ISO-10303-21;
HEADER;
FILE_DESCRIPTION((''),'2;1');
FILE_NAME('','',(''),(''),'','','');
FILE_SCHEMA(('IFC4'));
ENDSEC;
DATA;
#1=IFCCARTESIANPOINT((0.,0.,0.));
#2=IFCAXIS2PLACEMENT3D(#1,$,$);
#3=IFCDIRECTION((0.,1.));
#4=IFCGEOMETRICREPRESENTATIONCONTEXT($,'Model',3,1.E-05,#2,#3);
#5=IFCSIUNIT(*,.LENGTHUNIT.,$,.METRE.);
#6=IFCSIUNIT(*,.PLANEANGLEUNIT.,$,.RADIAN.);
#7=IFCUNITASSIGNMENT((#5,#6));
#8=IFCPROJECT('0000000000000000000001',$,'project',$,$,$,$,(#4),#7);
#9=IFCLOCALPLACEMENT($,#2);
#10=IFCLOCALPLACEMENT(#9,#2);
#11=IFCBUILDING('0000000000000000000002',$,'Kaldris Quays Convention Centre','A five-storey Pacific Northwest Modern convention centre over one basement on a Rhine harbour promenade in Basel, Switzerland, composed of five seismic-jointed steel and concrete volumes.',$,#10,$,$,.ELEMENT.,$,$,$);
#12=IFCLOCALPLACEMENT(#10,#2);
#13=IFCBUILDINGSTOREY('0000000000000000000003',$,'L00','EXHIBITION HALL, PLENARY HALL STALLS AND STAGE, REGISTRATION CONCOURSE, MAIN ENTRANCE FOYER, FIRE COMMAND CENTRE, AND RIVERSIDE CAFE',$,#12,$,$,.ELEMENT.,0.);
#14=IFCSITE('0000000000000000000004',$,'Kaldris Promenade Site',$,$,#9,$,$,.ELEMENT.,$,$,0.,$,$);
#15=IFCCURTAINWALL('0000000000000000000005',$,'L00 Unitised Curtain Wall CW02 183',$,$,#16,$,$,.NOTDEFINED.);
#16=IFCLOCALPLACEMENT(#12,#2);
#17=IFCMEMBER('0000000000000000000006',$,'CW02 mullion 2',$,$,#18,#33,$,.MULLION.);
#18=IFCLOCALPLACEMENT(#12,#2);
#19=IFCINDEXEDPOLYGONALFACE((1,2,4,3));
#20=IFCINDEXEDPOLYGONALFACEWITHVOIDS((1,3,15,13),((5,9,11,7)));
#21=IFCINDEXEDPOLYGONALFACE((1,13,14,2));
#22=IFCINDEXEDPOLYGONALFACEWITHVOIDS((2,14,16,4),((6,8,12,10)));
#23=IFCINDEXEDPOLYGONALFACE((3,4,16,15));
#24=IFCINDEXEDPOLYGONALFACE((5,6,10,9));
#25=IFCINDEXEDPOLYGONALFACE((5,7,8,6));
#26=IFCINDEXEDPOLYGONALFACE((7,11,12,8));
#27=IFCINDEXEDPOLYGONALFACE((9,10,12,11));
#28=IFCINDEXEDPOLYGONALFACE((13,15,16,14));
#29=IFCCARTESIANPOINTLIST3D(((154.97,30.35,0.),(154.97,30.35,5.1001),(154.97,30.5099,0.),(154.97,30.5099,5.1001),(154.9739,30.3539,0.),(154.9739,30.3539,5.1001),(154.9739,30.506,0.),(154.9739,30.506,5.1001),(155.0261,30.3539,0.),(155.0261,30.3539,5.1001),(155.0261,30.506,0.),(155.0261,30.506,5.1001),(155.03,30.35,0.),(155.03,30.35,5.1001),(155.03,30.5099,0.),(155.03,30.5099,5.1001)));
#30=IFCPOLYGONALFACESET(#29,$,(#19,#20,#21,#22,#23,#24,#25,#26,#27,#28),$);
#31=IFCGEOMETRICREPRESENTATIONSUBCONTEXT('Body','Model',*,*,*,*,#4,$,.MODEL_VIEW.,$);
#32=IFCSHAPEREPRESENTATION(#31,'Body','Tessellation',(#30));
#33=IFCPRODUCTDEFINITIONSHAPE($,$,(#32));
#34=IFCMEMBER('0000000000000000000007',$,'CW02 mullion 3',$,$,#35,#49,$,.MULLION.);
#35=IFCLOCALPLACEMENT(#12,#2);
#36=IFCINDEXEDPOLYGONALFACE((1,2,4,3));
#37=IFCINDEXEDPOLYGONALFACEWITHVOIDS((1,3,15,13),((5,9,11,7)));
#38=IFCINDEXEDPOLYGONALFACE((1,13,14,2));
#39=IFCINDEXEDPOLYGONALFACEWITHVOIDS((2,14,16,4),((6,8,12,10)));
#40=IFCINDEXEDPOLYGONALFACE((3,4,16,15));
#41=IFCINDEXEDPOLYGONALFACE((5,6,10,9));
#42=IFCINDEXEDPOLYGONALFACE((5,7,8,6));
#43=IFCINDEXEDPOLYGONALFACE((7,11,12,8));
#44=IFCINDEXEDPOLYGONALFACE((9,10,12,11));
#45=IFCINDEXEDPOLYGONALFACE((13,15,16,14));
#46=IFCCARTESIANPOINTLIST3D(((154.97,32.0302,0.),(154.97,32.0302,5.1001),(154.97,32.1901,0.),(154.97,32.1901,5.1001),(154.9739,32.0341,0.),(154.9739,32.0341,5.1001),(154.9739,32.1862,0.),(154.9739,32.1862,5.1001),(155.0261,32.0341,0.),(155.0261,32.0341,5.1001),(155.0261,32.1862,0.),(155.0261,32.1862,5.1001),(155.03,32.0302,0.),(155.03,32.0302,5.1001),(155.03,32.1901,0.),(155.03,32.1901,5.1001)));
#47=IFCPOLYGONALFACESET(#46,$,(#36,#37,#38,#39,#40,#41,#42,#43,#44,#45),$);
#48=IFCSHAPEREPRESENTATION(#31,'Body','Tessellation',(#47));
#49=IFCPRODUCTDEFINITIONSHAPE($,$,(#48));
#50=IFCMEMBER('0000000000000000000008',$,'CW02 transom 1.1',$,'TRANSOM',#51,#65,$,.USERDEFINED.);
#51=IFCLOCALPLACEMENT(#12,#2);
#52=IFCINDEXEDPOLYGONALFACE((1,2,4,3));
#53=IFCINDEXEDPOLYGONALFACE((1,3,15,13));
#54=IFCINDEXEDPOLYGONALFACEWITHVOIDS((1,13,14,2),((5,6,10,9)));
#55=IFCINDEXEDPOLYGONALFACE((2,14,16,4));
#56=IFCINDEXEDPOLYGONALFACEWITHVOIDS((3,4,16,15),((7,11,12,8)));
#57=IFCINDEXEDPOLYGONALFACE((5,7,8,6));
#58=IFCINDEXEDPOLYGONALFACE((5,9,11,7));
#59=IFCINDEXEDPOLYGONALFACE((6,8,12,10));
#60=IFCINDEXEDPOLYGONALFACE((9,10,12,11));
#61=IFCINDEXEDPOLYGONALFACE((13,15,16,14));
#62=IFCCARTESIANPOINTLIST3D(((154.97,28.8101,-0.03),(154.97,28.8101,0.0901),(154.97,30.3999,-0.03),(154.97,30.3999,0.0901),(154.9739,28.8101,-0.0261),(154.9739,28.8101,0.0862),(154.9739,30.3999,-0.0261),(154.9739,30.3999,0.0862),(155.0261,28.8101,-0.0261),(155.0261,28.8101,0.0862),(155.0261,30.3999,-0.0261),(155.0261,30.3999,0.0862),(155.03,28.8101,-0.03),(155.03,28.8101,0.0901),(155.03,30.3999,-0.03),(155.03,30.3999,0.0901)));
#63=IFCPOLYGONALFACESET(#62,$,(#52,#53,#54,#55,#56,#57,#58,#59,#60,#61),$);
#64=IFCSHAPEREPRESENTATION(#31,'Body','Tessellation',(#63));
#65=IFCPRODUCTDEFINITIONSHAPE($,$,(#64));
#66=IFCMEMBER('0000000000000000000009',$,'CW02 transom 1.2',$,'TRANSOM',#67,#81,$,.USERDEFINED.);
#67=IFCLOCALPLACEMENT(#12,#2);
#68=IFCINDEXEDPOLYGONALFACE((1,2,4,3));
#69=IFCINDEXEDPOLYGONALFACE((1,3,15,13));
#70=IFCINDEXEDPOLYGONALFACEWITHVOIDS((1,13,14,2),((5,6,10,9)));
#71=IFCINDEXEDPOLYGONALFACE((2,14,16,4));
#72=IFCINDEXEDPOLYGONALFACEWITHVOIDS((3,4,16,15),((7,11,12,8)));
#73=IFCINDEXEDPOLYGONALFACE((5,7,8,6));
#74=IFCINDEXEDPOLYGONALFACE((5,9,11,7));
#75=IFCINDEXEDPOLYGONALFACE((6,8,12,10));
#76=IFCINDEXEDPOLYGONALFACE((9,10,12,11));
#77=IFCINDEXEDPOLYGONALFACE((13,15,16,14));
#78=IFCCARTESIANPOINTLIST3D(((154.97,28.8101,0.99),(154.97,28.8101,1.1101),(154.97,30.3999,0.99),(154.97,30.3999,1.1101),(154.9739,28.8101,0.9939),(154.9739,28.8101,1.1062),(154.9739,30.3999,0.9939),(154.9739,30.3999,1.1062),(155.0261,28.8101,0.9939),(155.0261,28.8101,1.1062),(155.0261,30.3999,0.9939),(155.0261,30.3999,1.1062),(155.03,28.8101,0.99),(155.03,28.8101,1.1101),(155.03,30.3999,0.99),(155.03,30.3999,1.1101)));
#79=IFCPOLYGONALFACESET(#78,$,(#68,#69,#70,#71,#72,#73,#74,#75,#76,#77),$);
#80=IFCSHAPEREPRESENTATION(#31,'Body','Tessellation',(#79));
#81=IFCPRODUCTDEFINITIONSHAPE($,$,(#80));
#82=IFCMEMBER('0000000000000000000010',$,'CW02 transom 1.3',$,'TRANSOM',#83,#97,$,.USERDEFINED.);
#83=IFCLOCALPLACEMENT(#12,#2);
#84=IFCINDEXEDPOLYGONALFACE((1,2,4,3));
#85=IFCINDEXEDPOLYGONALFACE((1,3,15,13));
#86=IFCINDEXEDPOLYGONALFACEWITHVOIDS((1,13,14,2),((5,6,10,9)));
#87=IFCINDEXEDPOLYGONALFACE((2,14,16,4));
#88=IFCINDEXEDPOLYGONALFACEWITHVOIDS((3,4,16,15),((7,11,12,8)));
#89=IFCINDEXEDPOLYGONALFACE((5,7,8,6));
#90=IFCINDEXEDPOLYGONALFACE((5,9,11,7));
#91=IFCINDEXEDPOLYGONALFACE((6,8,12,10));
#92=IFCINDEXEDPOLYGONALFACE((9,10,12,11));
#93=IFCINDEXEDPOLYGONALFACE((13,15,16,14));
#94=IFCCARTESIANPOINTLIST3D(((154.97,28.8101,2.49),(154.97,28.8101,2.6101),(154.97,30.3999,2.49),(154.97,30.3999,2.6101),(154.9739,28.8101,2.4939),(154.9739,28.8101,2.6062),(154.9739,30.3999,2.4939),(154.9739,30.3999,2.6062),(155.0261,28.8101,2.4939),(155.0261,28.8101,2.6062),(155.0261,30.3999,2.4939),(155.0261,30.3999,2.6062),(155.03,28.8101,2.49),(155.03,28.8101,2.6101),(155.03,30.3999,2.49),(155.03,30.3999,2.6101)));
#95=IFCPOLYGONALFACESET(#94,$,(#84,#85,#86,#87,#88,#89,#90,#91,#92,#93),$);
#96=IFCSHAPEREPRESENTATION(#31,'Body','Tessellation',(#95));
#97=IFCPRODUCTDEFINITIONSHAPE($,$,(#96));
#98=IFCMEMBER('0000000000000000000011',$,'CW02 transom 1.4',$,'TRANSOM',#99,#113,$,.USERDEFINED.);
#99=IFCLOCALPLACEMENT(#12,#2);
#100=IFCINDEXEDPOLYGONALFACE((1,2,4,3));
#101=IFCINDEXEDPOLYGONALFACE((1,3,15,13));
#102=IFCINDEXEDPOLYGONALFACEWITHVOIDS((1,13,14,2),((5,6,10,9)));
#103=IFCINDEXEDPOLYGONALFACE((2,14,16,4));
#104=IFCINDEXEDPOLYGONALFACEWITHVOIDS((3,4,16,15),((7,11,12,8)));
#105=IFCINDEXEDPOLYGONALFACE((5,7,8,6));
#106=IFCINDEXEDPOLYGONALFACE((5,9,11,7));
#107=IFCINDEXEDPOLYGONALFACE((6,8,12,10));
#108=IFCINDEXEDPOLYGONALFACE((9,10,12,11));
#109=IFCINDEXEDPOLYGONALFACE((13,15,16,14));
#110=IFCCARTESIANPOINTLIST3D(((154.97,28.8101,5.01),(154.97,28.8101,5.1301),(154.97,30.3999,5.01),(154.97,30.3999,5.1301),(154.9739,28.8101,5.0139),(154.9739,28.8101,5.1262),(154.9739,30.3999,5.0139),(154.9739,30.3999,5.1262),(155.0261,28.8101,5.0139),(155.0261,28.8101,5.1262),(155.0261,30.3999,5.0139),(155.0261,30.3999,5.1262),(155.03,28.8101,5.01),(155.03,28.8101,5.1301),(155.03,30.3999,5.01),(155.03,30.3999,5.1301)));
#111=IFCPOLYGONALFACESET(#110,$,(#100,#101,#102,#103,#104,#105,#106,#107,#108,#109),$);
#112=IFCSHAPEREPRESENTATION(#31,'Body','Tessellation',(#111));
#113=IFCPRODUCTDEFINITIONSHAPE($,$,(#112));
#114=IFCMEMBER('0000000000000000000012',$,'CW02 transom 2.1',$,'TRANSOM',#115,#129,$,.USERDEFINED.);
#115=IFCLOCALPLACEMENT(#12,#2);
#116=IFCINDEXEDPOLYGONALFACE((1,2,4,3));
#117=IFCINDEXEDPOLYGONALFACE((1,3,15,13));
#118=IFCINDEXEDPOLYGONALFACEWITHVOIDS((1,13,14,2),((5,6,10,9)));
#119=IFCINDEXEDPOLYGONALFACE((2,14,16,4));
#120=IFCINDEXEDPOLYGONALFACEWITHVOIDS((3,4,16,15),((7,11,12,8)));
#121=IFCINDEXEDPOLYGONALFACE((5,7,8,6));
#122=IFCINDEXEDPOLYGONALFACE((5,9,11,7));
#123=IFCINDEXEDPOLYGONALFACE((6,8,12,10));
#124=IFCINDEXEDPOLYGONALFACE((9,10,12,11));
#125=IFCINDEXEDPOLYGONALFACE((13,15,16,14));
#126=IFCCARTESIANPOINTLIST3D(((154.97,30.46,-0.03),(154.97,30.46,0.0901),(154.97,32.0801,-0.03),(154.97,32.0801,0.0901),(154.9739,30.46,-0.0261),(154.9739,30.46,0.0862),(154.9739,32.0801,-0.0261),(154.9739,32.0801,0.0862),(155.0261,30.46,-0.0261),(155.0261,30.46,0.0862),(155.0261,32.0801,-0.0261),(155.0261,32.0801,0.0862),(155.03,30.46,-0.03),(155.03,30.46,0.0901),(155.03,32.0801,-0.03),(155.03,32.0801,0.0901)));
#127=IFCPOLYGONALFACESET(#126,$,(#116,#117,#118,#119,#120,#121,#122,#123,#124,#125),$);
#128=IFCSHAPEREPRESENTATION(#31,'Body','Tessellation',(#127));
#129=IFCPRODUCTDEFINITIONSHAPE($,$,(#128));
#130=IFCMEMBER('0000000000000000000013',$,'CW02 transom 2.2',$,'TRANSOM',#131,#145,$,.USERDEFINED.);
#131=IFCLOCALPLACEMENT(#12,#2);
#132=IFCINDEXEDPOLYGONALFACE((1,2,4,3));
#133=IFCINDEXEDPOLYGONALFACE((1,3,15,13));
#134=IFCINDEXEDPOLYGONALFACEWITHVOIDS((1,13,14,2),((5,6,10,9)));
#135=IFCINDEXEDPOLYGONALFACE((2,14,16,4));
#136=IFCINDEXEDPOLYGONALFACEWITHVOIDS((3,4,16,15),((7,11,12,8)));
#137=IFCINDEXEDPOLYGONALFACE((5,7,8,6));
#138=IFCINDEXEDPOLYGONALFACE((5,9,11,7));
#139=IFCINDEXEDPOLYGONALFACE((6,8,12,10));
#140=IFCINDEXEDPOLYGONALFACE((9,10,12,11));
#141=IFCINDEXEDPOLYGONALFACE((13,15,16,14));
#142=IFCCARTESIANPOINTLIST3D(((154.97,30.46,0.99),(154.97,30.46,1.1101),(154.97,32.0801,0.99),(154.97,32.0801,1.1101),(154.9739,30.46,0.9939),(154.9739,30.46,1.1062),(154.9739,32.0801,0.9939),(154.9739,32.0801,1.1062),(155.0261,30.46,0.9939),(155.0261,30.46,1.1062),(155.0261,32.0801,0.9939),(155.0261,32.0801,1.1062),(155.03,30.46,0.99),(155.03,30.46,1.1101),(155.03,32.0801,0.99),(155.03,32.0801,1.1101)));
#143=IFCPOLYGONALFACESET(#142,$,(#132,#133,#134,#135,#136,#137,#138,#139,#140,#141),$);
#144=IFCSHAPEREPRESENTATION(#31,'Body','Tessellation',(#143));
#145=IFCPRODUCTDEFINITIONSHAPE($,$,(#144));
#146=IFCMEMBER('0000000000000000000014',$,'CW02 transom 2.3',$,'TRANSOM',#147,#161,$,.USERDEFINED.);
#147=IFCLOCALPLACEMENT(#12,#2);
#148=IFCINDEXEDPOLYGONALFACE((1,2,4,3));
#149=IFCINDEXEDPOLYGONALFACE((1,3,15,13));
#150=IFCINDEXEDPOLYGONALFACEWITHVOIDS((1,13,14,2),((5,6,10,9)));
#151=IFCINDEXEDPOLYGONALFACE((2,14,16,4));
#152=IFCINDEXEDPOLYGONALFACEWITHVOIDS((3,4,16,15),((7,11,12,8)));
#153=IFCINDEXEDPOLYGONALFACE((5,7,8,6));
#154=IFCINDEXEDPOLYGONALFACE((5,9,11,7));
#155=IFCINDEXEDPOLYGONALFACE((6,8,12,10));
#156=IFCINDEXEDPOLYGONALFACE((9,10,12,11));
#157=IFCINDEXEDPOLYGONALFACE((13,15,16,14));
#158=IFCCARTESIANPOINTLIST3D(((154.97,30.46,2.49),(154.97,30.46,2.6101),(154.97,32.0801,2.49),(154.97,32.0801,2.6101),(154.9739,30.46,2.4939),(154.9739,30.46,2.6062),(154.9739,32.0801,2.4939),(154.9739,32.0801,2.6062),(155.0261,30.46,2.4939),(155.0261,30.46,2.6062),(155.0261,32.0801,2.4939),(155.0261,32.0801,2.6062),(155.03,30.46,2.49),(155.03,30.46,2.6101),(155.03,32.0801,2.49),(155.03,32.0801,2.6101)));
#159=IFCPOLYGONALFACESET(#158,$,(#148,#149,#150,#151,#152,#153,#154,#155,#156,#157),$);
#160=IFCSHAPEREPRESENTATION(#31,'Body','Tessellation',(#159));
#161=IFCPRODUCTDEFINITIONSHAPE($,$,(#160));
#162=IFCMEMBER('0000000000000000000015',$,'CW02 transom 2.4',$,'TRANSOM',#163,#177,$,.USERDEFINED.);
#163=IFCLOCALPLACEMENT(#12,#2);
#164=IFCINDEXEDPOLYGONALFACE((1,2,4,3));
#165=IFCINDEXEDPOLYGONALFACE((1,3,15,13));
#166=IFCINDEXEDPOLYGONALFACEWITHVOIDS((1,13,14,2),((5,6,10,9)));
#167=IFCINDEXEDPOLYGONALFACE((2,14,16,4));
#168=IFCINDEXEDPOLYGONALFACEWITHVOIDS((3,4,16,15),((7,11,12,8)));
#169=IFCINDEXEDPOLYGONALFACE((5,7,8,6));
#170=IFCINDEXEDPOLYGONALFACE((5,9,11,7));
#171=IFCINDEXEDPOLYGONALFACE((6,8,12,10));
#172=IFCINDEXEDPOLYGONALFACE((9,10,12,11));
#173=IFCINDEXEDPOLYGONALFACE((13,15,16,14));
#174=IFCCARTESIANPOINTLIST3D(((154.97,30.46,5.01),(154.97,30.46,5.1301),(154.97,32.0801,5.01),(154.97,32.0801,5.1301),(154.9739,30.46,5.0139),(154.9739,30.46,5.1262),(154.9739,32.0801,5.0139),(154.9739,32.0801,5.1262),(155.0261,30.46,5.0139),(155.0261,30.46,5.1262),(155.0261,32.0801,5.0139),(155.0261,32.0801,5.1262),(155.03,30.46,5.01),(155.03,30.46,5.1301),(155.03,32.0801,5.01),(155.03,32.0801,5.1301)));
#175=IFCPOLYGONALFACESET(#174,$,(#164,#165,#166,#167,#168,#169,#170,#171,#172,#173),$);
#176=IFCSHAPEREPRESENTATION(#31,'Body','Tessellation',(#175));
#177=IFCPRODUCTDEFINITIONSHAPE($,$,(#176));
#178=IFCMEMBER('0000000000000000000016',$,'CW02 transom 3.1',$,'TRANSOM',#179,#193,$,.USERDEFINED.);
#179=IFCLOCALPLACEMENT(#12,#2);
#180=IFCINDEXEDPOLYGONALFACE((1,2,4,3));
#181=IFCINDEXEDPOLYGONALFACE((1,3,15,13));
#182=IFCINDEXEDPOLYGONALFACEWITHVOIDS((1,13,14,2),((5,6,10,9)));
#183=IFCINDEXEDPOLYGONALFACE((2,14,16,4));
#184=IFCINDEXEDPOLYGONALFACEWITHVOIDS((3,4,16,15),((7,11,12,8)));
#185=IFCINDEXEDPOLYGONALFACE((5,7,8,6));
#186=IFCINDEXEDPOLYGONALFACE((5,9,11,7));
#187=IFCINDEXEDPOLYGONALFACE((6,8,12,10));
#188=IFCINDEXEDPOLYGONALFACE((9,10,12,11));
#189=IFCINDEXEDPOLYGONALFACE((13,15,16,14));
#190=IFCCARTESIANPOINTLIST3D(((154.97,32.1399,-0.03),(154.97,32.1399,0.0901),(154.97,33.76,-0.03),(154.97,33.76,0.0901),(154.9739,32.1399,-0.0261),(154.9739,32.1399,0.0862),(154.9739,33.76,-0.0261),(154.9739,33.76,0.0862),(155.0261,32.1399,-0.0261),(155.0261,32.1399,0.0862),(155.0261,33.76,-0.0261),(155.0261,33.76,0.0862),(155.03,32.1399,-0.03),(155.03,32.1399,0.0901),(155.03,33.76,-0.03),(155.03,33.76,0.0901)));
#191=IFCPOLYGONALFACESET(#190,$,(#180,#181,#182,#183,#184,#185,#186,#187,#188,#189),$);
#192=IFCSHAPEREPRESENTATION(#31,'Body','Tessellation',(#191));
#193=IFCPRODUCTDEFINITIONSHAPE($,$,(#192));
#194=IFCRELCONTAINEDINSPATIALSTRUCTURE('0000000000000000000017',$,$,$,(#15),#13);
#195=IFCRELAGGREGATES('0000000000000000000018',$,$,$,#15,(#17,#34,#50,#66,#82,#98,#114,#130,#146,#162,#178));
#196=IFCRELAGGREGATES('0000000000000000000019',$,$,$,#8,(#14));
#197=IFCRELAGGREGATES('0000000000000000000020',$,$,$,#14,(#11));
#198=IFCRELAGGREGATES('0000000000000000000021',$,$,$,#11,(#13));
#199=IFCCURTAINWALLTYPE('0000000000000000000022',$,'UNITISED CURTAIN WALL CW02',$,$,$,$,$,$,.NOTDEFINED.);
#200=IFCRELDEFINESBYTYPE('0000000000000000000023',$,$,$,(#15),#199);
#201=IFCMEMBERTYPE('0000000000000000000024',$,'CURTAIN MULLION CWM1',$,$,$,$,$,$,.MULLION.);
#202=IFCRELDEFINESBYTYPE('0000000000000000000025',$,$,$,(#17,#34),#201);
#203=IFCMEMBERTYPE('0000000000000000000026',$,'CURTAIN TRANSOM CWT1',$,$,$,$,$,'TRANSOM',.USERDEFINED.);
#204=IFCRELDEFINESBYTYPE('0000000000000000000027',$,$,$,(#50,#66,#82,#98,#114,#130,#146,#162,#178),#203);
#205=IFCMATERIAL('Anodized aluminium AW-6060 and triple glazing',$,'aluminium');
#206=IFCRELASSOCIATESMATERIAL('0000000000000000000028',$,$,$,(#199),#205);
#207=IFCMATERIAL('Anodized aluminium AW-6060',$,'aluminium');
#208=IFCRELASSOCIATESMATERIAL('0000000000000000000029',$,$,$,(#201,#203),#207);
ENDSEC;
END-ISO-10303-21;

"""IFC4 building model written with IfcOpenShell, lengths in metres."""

from ifc_helpers import new_model, si_unit, direction, frame, origin, origin_2d, place, context, subcontext, project, spatial, hollow_rectangle, extrude, material, material_profile, profile_set, type_object, element, aggregate, save


model = new_model("IFC4")

# Units and contexts
model_context = context("Model", 3, precision=1e-05, world=origin(), true_north=direction((0.0, 1.0)))
body_context = subcontext(model_context, "Body", "Model", "MODEL_VIEW")
ifc_project = project(units=[si_unit("LENGTHUNIT", "METRE"), si_unit("PLANEANGLEUNIT", "RADIAN")], contexts=[model_context])

# Site, building, storey
site_placement = place(None, origin())
site = spatial("IfcSite", under=ifc_project, at=site_placement, Name="Kaldris Promenade Site", CompositionType="ELEMENT", RefElevation=0.0)
building_placement = place(site_placement, origin())
building = spatial("IfcBuilding", under=site, at=building_placement, Name="Kaldris Quays Convention Centre", Description="A five-storey Pacific Northwest Modern convention centre over one basement on a Rhine harbour promenade in Basel, Switzerland, composed of five seismic-jointed steel and concrete volumes.", CompositionType="ELEMENT")
storey_placement = place(building_placement, origin())
storey = spatial("IfcBuildingStorey", under=building, at=storey_placement, Name="L00", Description="EXHIBITION HALL, PLENARY HALL STALLS AND STAGE, REGISTRATION CONCOURSE, MAIN ENTRANCE FOYER, FIRE COMMAND CENTRE, AND RIVERSIDE CAFE", CompositionType="ELEMENT", Elevation=0.0)

# Curtain wall, members
ifc_material_1 = material(Name="Anodized aluminium AW-6060 and triple glazing", Category="aluminium")
curtain_wall_type = type_object("IfcCurtainWallType", Name="UNITISED CURTAIN WALL CW02", PredefinedType="NOTDEFINED", material=ifc_material_1)
curtain_wall_placement = place(storey_placement, origin())
curtain_wall = element("IfcCurtainWall", 1, at=curtain_wall_placement, inside=storey, type_object=curtain_wall_type, Name="L00 Unitised Curtain Wall CW02 183", PredefinedType="NOTDEFINED")
ifc_material_2 = material(Name="Anodized aluminium AW-6060", Category="aluminium")
ifc_material_profile_1 = material_profile(ifc_material_2, hollow_rectangle(XDim=0.0601, YDim=0.1599, WallThickness=0.0039, at=origin_2d()), Name="RHS 160x60x4")
ifc_profile_set_1 = profile_set([ifc_material_profile_1], Name="Anodized aluminium AW-6060")
member_type_1 = type_object("IfcMemberType", Name="CURTAIN MULLION CWM1", PredefinedType="MULLION", material=ifc_profile_set_1)
member_1_placement = place(storey_placement, frame((155.0, 30.4299, 0.0), z_axis=(0.0, 0.0, 1.0), x_axis=(-1.0, 0.0, 0.0)))
member_1 = element("IfcMember", 2, at=member_1_placement, type_object=member_type_1, Name="CW02 mullion 2", PredefinedType="MULLION", context=body_context, shape_type="SweptSolid", body=[
    extrude(hollow_rectangle(XDim=0.0601, YDim=0.1599, WallThickness=0.0039, at=origin_2d()), origin(), (0.0, 0.0, 1.0), 5.1001),
])
member_2_placement = place(storey_placement, frame((155.0, 32.1101, 0.0), z_axis=(0.0, 0.0, 1.0), x_axis=(-1.0, 0.0, 0.0)))
member_2 = element("IfcMember", 3, at=member_2_placement, type_object=member_type_1, Name="CW02 mullion 3", PredefinedType="MULLION", context=body_context, shape_type="SweptSolid", body=[
    extrude(hollow_rectangle(XDim=0.0601, YDim=0.1599, WallThickness=0.0039, at=origin_2d()), origin(), (0.0, 0.0, 1.0), 5.1001),
])
ifc_material_profile_2 = material_profile(ifc_material_2, hollow_rectangle(XDim=0.0601, YDim=0.1201, WallThickness=0.0039, at=origin_2d()), Name="RHS 120x60x4")
ifc_profile_set_2 = profile_set([ifc_material_profile_2], Name="Anodized aluminium AW-6060")
member_type_2 = type_object("IfcMemberType", Name="CURTAIN TRANSOM CWT1", ElementType="TRANSOM", PredefinedType="USERDEFINED", material=ifc_profile_set_2)
member_3_placement = place(storey_placement, frame((155.0, 28.8101, 0.03), z_axis=(0.0, 1.0, 0.0), x_axis=(-1.0, 0.0, 0.0)))
member_3 = element("IfcMember", 4, at=member_3_placement, type_object=member_type_2, Name="CW02 transom 1.1", ObjectType="TRANSOM", PredefinedType="USERDEFINED", context=body_context, shape_type="SweptSolid", body=[
    extrude(hollow_rectangle(XDim=0.0601, YDim=0.1201, WallThickness=0.0039, at=origin_2d()), origin(), (0.0, 0.0, 1.0), 1.5898),
])
member_4_placement = place(storey_placement, frame((155.0, 28.8101, 1.05), z_axis=(0.0, 1.0, 0.0), x_axis=(-1.0, 0.0, 0.0)))
member_4 = element("IfcMember", 5, at=member_4_placement, type_object=member_type_2, Name="CW02 transom 1.2", ObjectType="TRANSOM", PredefinedType="USERDEFINED", context=body_context, shape_type="SweptSolid", body=[
    extrude(hollow_rectangle(XDim=0.0601, YDim=0.1201, WallThickness=0.0039, at=origin_2d()), origin(), (0.0, 0.0, 1.0), 1.5898),
])
member_5_placement = place(storey_placement, frame((155.0, 28.8101, 2.55), z_axis=(0.0, 1.0, 0.0), x_axis=(-1.0, 0.0, 0.0)))
member_5 = element("IfcMember", 6, at=member_5_placement, type_object=member_type_2, Name="CW02 transom 1.3", ObjectType="TRANSOM", PredefinedType="USERDEFINED", context=body_context, shape_type="SweptSolid", body=[
    extrude(hollow_rectangle(XDim=0.0601, YDim=0.1201, WallThickness=0.0039, at=origin_2d()), origin(), (0.0, 0.0, 1.0), 1.5898),
])
member_6_placement = place(storey_placement, frame((155.0, 28.8101, 5.0701), z_axis=(0.0, 1.0, 0.0), x_axis=(-1.0, 0.0, 0.0)))
member_6 = element("IfcMember", 7, at=member_6_placement, type_object=member_type_2, Name="CW02 transom 1.4", ObjectType="TRANSOM", PredefinedType="USERDEFINED", context=body_context, shape_type="SweptSolid", body=[
    extrude(hollow_rectangle(XDim=0.0601, YDim=0.1201, WallThickness=0.0039, at=origin_2d()), origin(), (0.0, 0.0, 1.0), 1.5898),
])
member_7_placement = place(storey_placement, frame((155.0, 30.46, 0.03), z_axis=(0.0, 1.0, 0.0), x_axis=(-1.0, 0.0, 0.0)))
member_7 = element("IfcMember", 8, at=member_7_placement, type_object=member_type_2, Name="CW02 transom 2.1", ObjectType="TRANSOM", PredefinedType="USERDEFINED", context=body_context, shape_type="SweptSolid", body=[
    extrude(hollow_rectangle(XDim=0.0601, YDim=0.1201, WallThickness=0.0039, at=origin_2d()), origin(), (0.0, 0.0, 1.0), 1.6201),
])
member_8_placement = place(storey_placement, frame((155.0, 30.46, 1.05), z_axis=(0.0, 1.0, 0.0), x_axis=(-1.0, 0.0, 0.0)))
member_8 = element("IfcMember", 9, at=member_8_placement, type_object=member_type_2, Name="CW02 transom 2.2", ObjectType="TRANSOM", PredefinedType="USERDEFINED", context=body_context, shape_type="SweptSolid", body=[
    extrude(hollow_rectangle(XDim=0.0601, YDim=0.1201, WallThickness=0.0039, at=origin_2d()), origin(), (0.0, 0.0, 1.0), 1.6201),
])
member_9_placement = place(storey_placement, frame((155.0, 30.46, 2.55), z_axis=(0.0, 1.0, 0.0), x_axis=(-1.0, 0.0, 0.0)))
member_9 = element("IfcMember", 10, at=member_9_placement, type_object=member_type_2, Name="CW02 transom 2.3", ObjectType="TRANSOM", PredefinedType="USERDEFINED", context=body_context, shape_type="SweptSolid", body=[
    extrude(hollow_rectangle(XDim=0.0601, YDim=0.1201, WallThickness=0.0039, at=origin_2d()), origin(), (0.0, 0.0, 1.0), 1.6201),
])
member_10_placement = place(storey_placement, frame((155.0, 30.46, 5.0701), z_axis=(0.0, 1.0, 0.0), x_axis=(-1.0, 0.0, 0.0)))
member_10 = element("IfcMember", 11, at=member_10_placement, type_object=member_type_2, Name="CW02 transom 2.4", ObjectType="TRANSOM", PredefinedType="USERDEFINED", context=body_context, shape_type="SweptSolid", body=[
    extrude(hollow_rectangle(XDim=0.0601, YDim=0.1201, WallThickness=0.0039, at=origin_2d()), origin(), (0.0, 0.0, 1.0), 1.6201),
])
member_11_placement = place(storey_placement, frame((155.0, 32.1399, 0.03), z_axis=(0.0, 1.0, 0.0), x_axis=(-1.0, 0.0, 0.0)))
member_11 = element("IfcMember", 12, at=member_11_placement, type_object=member_type_2, Name="CW02 transom 3.1", ObjectType="TRANSOM", PredefinedType="USERDEFINED", context=body_context, shape_type="SweptSolid", body=[
    extrude(hollow_rectangle(XDim=0.0601, YDim=0.1201, WallThickness=0.0039, at=origin_2d()), origin(), (0.0, 0.0, 1.0), 1.6201),
])

aggregate(curtain_wall, [member_1, member_2, member_3, member_4, member_5, member_6, member_7, member_8, member_9, member_10, member_11])

save(model, "model.ifc")
